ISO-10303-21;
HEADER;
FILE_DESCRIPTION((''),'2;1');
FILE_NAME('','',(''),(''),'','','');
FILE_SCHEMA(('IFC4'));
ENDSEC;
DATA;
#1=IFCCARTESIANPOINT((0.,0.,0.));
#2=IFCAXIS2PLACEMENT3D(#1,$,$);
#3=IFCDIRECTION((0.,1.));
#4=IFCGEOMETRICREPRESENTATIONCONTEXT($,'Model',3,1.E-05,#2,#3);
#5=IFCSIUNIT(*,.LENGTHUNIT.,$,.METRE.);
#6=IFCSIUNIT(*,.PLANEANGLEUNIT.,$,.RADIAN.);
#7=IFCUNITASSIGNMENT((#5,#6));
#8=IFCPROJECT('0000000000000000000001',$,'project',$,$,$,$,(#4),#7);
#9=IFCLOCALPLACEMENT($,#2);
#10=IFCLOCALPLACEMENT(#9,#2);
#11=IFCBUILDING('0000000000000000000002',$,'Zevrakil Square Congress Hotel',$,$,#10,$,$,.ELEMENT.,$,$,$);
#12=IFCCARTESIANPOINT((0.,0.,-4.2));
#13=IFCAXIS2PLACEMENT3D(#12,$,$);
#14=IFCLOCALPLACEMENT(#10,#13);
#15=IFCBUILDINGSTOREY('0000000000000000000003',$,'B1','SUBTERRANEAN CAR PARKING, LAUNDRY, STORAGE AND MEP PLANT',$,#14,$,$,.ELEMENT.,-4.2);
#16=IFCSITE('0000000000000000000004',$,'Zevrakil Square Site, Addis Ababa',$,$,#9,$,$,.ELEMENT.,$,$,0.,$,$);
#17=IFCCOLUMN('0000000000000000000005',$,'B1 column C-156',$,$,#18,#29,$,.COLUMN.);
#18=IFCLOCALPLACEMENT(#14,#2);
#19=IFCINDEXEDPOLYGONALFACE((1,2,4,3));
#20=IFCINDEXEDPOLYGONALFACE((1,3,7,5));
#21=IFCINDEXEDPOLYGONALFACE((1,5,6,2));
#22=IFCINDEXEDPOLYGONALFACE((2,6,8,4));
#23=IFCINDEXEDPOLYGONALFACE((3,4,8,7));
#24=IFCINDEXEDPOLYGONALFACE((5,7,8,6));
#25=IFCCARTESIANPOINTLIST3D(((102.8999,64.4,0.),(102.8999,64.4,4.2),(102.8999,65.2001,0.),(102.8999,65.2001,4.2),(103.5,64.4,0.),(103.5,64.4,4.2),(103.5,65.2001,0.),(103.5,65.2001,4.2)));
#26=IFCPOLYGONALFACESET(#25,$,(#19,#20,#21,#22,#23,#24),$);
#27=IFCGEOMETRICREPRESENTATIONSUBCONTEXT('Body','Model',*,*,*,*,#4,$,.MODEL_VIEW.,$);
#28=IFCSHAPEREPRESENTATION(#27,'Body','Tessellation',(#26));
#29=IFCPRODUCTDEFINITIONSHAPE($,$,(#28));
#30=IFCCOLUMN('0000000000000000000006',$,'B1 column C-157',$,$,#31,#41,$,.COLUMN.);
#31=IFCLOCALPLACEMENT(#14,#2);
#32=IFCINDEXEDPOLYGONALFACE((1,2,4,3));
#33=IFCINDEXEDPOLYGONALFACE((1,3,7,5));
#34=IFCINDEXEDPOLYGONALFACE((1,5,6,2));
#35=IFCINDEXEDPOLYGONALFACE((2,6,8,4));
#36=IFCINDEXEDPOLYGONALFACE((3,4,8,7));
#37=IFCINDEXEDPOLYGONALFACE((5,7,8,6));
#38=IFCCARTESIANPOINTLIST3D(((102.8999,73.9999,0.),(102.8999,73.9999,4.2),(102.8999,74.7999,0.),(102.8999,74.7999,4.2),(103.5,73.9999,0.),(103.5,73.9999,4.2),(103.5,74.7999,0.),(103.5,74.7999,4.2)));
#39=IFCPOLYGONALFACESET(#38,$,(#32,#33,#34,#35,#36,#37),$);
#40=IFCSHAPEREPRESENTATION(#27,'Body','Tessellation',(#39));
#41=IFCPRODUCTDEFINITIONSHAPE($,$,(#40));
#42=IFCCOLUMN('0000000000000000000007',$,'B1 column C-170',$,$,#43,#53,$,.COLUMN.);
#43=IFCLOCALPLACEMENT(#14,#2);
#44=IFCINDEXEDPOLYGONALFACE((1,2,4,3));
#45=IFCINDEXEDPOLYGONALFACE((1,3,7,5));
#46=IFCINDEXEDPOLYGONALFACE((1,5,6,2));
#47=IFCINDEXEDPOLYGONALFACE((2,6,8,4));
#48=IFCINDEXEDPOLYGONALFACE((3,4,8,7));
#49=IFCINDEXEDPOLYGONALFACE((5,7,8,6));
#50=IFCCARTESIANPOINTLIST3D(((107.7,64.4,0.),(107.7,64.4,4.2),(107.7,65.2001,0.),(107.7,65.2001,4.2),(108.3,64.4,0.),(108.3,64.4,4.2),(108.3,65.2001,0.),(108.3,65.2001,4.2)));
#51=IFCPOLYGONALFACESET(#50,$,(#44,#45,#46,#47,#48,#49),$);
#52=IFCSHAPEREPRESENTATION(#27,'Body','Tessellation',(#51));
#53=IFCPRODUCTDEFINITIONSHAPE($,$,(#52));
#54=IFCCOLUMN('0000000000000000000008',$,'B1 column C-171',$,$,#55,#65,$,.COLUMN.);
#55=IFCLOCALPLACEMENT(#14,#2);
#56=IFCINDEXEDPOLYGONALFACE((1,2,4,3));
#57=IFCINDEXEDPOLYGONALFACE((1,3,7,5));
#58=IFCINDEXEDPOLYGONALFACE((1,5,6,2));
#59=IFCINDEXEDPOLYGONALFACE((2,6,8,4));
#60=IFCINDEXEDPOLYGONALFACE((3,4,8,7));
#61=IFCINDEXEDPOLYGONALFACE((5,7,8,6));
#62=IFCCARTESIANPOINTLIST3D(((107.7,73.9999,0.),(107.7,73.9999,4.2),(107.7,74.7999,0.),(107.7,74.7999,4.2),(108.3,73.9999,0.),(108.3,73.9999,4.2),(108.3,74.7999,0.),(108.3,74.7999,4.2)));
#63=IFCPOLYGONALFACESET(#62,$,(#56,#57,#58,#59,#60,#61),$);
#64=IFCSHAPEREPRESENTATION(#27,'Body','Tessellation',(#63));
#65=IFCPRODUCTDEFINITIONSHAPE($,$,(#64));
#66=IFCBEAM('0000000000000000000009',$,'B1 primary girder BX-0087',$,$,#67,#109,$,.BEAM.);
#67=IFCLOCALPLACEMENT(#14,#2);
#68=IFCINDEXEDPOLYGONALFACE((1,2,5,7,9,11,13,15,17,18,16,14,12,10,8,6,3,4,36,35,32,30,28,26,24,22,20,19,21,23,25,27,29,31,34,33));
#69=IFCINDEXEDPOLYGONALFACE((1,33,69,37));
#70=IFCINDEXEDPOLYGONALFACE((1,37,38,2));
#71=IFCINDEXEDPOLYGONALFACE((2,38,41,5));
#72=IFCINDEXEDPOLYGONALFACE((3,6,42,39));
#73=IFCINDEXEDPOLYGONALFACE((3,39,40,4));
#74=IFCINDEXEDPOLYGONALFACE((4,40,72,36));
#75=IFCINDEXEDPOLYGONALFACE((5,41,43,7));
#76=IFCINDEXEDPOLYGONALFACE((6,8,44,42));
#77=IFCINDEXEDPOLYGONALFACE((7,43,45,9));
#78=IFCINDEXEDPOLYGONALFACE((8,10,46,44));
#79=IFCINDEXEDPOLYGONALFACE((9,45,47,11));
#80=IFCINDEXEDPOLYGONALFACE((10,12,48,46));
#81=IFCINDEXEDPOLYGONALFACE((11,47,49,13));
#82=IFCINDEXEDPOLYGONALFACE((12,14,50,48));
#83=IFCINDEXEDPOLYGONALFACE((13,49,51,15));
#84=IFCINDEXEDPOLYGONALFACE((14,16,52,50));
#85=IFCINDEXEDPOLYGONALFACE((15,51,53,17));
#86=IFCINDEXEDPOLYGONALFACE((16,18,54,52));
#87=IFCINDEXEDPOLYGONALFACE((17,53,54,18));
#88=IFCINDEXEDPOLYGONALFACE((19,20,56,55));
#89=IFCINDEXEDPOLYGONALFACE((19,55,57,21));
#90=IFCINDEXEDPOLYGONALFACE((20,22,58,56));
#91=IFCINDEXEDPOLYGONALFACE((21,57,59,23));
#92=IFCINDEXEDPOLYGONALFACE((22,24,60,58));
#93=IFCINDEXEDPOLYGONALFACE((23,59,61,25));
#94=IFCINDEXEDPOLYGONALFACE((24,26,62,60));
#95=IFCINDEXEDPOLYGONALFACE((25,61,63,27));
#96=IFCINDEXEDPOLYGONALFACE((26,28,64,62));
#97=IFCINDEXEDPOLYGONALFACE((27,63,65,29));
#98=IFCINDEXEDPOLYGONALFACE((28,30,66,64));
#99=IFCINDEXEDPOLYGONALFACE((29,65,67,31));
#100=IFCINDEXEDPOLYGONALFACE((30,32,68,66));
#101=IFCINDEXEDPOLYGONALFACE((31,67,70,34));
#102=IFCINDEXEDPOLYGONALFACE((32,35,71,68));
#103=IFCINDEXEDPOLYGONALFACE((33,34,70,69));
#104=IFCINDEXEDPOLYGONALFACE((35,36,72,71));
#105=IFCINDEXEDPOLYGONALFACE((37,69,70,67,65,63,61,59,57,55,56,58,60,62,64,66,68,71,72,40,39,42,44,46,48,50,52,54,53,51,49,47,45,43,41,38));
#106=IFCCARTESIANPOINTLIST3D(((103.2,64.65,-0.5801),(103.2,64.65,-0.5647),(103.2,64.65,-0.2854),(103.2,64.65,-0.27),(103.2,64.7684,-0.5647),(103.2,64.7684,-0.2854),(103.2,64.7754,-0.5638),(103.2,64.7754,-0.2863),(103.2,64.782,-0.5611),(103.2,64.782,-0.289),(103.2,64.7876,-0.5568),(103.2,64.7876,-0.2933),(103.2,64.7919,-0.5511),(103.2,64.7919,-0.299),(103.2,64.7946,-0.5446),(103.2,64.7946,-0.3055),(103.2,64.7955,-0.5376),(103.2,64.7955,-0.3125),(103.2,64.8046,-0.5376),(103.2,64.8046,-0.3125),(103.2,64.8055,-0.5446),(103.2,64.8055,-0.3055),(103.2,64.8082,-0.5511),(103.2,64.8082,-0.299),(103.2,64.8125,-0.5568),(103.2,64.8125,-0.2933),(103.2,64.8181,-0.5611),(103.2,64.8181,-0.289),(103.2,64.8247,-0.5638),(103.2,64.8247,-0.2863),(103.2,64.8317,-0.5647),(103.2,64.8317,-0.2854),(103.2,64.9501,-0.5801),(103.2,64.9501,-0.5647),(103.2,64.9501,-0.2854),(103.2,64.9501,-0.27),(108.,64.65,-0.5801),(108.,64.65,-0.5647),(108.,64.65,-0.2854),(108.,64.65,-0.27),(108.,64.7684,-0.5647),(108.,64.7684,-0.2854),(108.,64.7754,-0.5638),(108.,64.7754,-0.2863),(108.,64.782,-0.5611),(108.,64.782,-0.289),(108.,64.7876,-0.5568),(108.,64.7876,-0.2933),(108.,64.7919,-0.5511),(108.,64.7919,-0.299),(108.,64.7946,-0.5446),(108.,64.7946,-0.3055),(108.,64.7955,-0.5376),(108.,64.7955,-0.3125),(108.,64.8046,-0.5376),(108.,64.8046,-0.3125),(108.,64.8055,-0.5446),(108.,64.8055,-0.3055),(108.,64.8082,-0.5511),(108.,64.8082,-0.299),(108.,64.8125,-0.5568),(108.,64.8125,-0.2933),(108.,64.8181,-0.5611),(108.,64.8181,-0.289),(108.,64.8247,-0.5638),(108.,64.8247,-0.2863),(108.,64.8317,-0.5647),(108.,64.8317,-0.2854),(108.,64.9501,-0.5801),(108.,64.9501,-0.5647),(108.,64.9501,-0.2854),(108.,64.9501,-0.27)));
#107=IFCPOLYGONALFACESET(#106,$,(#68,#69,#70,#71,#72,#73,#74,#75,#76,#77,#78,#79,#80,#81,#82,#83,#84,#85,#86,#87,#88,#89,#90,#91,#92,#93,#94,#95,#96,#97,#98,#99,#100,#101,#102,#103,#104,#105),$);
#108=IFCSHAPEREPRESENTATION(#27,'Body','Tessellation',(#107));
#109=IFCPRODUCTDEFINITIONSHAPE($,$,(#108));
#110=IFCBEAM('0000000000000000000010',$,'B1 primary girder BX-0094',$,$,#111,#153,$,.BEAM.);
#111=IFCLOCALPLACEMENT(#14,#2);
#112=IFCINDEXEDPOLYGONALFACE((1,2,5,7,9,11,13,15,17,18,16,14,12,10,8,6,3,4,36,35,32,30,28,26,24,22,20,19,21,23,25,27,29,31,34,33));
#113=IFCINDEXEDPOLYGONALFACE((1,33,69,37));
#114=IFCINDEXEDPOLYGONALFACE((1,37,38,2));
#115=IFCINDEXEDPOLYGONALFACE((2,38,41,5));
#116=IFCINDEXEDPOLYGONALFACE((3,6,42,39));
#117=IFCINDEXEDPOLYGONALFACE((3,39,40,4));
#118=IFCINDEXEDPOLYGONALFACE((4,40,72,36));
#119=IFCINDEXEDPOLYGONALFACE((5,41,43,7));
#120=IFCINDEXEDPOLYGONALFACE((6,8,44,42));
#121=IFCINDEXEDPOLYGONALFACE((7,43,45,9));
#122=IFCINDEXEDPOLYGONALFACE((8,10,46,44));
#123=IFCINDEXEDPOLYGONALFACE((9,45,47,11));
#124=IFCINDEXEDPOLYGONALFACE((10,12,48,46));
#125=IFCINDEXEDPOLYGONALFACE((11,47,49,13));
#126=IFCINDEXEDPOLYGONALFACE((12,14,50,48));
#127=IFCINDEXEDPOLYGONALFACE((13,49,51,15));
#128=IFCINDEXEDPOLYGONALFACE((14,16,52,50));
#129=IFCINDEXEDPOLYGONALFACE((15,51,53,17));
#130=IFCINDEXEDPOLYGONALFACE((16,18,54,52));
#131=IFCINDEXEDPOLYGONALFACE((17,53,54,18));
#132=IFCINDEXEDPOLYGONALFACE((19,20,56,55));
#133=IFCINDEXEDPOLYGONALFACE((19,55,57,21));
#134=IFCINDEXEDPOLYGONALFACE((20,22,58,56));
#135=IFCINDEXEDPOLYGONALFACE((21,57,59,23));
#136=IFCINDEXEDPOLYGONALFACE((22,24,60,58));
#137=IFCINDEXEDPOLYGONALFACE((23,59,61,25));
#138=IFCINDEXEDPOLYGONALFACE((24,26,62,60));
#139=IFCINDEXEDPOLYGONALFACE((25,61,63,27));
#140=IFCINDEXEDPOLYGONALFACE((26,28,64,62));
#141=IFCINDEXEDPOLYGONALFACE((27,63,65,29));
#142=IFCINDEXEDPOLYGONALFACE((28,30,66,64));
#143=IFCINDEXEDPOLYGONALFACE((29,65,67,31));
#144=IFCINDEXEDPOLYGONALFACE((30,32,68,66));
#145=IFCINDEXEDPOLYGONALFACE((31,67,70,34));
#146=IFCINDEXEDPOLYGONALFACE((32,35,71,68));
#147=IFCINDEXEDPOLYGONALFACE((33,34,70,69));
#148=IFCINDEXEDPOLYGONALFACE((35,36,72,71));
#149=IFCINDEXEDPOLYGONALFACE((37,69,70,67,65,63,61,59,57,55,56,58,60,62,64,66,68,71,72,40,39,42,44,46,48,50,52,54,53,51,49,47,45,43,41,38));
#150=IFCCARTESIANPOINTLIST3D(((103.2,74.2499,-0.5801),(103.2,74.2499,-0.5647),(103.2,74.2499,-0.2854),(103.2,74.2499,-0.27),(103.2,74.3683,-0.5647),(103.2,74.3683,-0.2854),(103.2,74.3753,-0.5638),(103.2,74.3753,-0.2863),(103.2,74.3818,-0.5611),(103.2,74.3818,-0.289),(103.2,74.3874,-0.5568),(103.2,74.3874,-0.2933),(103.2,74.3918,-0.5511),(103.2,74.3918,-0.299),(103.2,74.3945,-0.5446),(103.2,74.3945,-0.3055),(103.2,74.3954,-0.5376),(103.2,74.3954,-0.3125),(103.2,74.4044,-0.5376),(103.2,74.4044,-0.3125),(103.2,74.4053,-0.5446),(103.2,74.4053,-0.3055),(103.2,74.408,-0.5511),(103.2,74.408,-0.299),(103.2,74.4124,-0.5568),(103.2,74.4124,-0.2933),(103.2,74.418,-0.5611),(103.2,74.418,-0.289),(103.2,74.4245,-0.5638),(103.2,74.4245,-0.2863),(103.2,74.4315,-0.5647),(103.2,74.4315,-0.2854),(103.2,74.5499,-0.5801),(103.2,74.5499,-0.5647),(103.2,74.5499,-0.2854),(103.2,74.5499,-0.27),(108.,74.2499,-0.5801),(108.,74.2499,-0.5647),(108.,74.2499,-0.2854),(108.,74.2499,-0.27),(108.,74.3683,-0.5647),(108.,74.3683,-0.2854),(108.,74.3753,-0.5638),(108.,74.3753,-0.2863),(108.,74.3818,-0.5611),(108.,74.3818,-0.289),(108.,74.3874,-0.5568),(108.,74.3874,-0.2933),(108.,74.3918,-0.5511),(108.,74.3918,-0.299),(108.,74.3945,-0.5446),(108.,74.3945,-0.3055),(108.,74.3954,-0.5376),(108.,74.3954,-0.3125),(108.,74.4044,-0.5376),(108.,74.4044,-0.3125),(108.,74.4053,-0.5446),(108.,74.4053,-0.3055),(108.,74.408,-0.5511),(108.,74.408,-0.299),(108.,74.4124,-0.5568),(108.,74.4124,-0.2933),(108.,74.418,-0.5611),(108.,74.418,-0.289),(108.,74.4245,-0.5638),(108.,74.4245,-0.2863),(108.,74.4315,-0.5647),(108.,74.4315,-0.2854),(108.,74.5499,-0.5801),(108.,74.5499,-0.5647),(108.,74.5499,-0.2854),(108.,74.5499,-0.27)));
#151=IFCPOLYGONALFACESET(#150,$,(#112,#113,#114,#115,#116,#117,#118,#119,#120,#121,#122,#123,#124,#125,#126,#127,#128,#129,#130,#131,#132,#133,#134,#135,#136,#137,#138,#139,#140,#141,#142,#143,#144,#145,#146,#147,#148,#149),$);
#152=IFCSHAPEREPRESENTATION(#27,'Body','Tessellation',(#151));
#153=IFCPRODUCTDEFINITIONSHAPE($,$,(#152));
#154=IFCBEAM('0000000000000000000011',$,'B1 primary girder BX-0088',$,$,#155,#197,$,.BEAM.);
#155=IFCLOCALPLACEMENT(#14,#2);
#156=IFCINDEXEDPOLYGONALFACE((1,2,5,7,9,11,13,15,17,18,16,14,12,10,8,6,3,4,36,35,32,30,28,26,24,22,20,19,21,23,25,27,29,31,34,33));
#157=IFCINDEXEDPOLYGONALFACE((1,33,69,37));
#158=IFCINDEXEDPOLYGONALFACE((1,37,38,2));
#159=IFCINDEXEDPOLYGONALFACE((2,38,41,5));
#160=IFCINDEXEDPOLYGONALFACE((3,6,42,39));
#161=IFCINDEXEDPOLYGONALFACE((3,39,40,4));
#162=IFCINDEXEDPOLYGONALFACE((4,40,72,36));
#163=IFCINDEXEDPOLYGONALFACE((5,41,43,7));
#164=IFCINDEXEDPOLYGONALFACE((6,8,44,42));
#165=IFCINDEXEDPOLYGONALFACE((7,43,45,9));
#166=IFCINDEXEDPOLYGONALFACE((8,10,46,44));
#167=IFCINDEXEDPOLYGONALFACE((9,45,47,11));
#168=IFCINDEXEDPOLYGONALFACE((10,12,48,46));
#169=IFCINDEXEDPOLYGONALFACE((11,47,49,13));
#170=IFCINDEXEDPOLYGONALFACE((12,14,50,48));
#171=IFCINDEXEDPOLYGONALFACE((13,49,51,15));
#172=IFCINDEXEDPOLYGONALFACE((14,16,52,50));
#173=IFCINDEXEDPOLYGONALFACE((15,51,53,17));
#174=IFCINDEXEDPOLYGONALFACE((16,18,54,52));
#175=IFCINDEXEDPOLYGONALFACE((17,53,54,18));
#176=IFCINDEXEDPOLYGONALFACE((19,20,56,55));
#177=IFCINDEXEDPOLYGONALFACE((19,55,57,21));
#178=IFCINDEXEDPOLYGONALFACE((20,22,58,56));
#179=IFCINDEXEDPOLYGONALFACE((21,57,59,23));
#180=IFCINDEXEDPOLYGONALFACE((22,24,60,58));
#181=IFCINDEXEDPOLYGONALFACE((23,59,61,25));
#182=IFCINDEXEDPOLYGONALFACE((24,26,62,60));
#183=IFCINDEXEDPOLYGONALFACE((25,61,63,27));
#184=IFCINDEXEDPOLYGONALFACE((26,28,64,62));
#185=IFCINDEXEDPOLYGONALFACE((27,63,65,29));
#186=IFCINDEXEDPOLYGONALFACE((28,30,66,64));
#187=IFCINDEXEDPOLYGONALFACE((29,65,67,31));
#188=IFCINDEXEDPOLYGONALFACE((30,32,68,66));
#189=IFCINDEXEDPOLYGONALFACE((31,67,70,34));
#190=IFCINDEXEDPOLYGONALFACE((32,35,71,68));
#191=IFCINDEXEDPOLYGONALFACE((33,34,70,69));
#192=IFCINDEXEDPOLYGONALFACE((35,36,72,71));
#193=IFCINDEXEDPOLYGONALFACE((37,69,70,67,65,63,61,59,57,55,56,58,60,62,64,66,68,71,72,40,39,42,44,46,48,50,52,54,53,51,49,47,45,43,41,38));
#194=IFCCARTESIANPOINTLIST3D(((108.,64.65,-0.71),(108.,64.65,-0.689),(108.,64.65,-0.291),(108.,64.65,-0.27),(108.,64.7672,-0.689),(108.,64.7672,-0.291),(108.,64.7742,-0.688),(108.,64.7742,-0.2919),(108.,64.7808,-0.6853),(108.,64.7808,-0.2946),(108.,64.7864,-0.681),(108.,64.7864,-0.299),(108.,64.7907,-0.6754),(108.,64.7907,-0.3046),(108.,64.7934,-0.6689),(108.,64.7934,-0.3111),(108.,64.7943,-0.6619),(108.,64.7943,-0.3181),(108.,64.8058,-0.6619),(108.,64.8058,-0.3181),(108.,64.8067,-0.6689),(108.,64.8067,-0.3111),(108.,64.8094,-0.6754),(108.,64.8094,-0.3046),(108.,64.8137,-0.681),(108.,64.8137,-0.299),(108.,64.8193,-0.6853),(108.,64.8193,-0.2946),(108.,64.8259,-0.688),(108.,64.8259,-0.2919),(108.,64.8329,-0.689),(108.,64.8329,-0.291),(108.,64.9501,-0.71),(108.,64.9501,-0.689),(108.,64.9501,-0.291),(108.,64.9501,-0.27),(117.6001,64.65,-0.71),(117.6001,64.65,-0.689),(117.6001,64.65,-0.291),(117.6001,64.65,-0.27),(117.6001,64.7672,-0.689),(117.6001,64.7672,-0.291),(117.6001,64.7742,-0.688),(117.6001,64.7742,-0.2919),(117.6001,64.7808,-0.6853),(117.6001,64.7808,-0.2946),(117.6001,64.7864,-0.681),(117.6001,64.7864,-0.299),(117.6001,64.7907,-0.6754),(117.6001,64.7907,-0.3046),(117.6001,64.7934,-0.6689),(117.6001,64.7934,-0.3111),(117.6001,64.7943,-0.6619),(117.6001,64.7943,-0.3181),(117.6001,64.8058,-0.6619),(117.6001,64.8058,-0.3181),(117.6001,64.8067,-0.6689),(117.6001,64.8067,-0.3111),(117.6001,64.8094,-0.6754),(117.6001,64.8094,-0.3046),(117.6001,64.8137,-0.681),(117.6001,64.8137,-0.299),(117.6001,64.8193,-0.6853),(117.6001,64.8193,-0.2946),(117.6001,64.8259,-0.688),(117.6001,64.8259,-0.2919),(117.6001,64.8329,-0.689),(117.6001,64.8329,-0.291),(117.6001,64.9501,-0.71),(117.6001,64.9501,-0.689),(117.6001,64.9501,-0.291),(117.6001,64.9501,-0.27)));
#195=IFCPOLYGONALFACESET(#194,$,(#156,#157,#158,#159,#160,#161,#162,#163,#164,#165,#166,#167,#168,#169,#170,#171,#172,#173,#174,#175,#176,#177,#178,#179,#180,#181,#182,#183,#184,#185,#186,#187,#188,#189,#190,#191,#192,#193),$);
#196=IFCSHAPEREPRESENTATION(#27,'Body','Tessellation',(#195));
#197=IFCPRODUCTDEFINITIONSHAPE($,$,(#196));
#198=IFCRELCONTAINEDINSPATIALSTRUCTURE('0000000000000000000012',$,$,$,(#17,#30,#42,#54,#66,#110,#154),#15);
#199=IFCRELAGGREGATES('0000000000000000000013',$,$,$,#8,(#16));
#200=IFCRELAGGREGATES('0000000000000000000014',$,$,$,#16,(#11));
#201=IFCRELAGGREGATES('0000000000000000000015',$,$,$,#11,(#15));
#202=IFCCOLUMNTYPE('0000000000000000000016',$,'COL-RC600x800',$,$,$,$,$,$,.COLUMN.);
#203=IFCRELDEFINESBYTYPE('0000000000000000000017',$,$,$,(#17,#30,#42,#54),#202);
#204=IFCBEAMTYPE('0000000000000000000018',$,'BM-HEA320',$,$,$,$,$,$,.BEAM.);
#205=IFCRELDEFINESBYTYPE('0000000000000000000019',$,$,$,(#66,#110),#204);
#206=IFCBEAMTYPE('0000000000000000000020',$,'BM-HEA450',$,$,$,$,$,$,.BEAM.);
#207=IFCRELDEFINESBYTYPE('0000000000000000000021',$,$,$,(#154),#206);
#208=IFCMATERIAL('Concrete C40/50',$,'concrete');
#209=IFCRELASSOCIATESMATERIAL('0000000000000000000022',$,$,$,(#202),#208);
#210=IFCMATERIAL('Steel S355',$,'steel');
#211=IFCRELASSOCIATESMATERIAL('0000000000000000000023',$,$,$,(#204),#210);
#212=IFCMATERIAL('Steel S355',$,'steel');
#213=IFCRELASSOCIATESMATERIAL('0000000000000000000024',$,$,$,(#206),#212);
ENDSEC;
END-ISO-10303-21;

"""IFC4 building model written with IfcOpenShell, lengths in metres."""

from ifc_helpers import new_model, si_unit, direction, frame, origin, origin_2d, place, context, subcontext, project, spatial, rectangle, i_section, extrude, material, material_profile, profile_set, type_object, element, save


model = new_model("IFC4")

# Units and contexts
model_context = context("Model", 3, precision=1e-05, world=origin(), true_north=direction((0.0, 1.0)))
body_context = subcontext(model_context, "Body", "Model", "MODEL_VIEW")
ifc_project = project(units=[si_unit("LENGTHUNIT", "METRE"), si_unit("PLANEANGLEUNIT", "RADIAN")], contexts=[model_context])

# Site, building, storey
site_placement = place(None, origin())
site = spatial("IfcSite", under=ifc_project, at=site_placement, Name="Zevrakil Square Site, Addis Ababa", CompositionType="ELEMENT", RefElevation=0.0)
building_placement = place(site_placement, origin())
building = spatial("IfcBuilding", under=site, at=building_placement, Name="Zevrakil Square Congress Hotel", CompositionType="ELEMENT")
storey_placement = place(building_placement, frame((0.0, 0.0, -4.2)))
storey = spatial("IfcBuildingStorey", under=building, at=storey_placement, Name="B1", Description="SUBTERRANEAN CAR PARKING, LAUNDRY, STORAGE AND MEP PLANT", CompositionType="ELEMENT", Elevation=-4.2)

# Columns
ifc_material_1 = material(Name="Concrete C40/50", Category="concrete")
ifc_material_profile_1 = material_profile(ifc_material_1, rectangle(XDim=0.6001, YDim=0.8, at=origin_2d()), Name="RC 600x800")
ifc_profile_set_1 = profile_set([ifc_material_profile_1], Name="Concrete C40/50")
column_type = type_object("IfcColumnType", Name="COL-RC600x800", PredefinedType="COLUMN", material=ifc_profile_set_1)
for number, where, z_axis, x_axis, name in (
    (1, (103.2, 64.8, 0.0), (0.0, 0.0, 1.0), (1.0, 0.0, 0.0), "B1 column C-156"),
    (2, (103.2, 74.3999, 0.0), (0.0, 0.0, 1.0), (1.0, 0.0, 0.0), "B1 column C-157"),
    (3, (108.0, 64.8, 0.0), (0.0, 0.0, 1.0), (1.0, 0.0, 0.0), "B1 column C-170"),
    (4, (108.0, 74.3999, 0.0), (0.0, 0.0, 1.0), (1.0, 0.0, 0.0), "B1 column C-171"),
):
    element("IfcColumn", number, at=place(storey_placement, frame(where, z_axis=z_axis, x_axis=x_axis)), inside=storey, type_object=column_type, Name=name, PredefinedType="COLUMN", context=body_context, shape_type="SweptSolid", body=[
        extrude(rectangle(XDim=0.6001, YDim=0.8, at=origin_2d()), origin(), (0.0, 0.0, 1.0), 4.2),
    ])

# Beams
ifc_material_2 = material(Name="Steel S355", Category="steel")
ifc_material_profile_2 = material_profile(ifc_material_2, i_section(OverallWidth=0.3, OverallDepth=0.3101, WebThickness=0.009, FlangeThickness=0.0154, FilletRadius=0.0271, at=origin_2d()), Name="HEA 320")
ifc_profile_set_2 = profile_set([ifc_material_profile_2], Name="Steel S355")
beam_type_1 = type_object("IfcBeamType", Name="BM-HEA320", PredefinedType="BEAM", material=ifc_profile_set_2)
for number, where, z_axis, x_axis, name in (
    (5, (103.2, 64.8, -0.425), (1.0, 0.0, 0.0), (0.0, 1.0, 0.0), "B1 primary girder BX-0087"),
    (6, (103.2, 74.3999, -0.425), (1.0, 0.0, 0.0), (0.0, 1.0, 0.0), "B1 primary girder BX-0094"),
):
    element("IfcBeam", number, at=place(storey_placement, frame(where, z_axis=z_axis, x_axis=x_axis)), inside=storey, type_object=beam_type_1, Name=name, PredefinedType="BEAM", context=body_context, shape_type="SweptSolid", body=[
        extrude(i_section(OverallWidth=0.3, OverallDepth=0.3101, WebThickness=0.009, FlangeThickness=0.0154, FilletRadius=0.0271, at=origin_2d()), origin(), (0.0, 0.0, 1.0), 4.8),
    ])
ifc_material_3 = material(Name="Steel S355", Category="steel")
ifc_material_profile_3 = material_profile(ifc_material_3, i_section(OverallWidth=0.3, OverallDepth=0.4399, WebThickness=0.0115, FlangeThickness=0.021, FilletRadius=0.0271, at=origin_2d()), Name="HEA 450")
ifc_profile_set_3 = profile_set([ifc_material_profile_3], Name="Steel S355")
beam_type_2 = type_object("IfcBeamType", Name="BM-HEA450", PredefinedType="BEAM", material=ifc_profile_set_3)
for number, where, z_axis, x_axis, name in (
    (7, (108.0, 64.8, -0.49), (1.0, 0.0, 0.0), (0.0, 1.0, 0.0), "B1 primary girder BX-0088"),
):
    element("IfcBeam", number, at=place(storey_placement, frame(where, z_axis=z_axis, x_axis=x_axis)), inside=storey, type_object=beam_type_2, Name=name, PredefinedType="BEAM", context=body_context, shape_type="SweptSolid", body=[
        extrude(i_section(OverallWidth=0.3, OverallDepth=0.4399, WebThickness=0.0115, FlangeThickness=0.021, FilletRadius=0.0271, at=origin_2d()), origin(), (0.0, 0.0, 1.0), 9.6001),
    ])

save(model, "model.ifc")
